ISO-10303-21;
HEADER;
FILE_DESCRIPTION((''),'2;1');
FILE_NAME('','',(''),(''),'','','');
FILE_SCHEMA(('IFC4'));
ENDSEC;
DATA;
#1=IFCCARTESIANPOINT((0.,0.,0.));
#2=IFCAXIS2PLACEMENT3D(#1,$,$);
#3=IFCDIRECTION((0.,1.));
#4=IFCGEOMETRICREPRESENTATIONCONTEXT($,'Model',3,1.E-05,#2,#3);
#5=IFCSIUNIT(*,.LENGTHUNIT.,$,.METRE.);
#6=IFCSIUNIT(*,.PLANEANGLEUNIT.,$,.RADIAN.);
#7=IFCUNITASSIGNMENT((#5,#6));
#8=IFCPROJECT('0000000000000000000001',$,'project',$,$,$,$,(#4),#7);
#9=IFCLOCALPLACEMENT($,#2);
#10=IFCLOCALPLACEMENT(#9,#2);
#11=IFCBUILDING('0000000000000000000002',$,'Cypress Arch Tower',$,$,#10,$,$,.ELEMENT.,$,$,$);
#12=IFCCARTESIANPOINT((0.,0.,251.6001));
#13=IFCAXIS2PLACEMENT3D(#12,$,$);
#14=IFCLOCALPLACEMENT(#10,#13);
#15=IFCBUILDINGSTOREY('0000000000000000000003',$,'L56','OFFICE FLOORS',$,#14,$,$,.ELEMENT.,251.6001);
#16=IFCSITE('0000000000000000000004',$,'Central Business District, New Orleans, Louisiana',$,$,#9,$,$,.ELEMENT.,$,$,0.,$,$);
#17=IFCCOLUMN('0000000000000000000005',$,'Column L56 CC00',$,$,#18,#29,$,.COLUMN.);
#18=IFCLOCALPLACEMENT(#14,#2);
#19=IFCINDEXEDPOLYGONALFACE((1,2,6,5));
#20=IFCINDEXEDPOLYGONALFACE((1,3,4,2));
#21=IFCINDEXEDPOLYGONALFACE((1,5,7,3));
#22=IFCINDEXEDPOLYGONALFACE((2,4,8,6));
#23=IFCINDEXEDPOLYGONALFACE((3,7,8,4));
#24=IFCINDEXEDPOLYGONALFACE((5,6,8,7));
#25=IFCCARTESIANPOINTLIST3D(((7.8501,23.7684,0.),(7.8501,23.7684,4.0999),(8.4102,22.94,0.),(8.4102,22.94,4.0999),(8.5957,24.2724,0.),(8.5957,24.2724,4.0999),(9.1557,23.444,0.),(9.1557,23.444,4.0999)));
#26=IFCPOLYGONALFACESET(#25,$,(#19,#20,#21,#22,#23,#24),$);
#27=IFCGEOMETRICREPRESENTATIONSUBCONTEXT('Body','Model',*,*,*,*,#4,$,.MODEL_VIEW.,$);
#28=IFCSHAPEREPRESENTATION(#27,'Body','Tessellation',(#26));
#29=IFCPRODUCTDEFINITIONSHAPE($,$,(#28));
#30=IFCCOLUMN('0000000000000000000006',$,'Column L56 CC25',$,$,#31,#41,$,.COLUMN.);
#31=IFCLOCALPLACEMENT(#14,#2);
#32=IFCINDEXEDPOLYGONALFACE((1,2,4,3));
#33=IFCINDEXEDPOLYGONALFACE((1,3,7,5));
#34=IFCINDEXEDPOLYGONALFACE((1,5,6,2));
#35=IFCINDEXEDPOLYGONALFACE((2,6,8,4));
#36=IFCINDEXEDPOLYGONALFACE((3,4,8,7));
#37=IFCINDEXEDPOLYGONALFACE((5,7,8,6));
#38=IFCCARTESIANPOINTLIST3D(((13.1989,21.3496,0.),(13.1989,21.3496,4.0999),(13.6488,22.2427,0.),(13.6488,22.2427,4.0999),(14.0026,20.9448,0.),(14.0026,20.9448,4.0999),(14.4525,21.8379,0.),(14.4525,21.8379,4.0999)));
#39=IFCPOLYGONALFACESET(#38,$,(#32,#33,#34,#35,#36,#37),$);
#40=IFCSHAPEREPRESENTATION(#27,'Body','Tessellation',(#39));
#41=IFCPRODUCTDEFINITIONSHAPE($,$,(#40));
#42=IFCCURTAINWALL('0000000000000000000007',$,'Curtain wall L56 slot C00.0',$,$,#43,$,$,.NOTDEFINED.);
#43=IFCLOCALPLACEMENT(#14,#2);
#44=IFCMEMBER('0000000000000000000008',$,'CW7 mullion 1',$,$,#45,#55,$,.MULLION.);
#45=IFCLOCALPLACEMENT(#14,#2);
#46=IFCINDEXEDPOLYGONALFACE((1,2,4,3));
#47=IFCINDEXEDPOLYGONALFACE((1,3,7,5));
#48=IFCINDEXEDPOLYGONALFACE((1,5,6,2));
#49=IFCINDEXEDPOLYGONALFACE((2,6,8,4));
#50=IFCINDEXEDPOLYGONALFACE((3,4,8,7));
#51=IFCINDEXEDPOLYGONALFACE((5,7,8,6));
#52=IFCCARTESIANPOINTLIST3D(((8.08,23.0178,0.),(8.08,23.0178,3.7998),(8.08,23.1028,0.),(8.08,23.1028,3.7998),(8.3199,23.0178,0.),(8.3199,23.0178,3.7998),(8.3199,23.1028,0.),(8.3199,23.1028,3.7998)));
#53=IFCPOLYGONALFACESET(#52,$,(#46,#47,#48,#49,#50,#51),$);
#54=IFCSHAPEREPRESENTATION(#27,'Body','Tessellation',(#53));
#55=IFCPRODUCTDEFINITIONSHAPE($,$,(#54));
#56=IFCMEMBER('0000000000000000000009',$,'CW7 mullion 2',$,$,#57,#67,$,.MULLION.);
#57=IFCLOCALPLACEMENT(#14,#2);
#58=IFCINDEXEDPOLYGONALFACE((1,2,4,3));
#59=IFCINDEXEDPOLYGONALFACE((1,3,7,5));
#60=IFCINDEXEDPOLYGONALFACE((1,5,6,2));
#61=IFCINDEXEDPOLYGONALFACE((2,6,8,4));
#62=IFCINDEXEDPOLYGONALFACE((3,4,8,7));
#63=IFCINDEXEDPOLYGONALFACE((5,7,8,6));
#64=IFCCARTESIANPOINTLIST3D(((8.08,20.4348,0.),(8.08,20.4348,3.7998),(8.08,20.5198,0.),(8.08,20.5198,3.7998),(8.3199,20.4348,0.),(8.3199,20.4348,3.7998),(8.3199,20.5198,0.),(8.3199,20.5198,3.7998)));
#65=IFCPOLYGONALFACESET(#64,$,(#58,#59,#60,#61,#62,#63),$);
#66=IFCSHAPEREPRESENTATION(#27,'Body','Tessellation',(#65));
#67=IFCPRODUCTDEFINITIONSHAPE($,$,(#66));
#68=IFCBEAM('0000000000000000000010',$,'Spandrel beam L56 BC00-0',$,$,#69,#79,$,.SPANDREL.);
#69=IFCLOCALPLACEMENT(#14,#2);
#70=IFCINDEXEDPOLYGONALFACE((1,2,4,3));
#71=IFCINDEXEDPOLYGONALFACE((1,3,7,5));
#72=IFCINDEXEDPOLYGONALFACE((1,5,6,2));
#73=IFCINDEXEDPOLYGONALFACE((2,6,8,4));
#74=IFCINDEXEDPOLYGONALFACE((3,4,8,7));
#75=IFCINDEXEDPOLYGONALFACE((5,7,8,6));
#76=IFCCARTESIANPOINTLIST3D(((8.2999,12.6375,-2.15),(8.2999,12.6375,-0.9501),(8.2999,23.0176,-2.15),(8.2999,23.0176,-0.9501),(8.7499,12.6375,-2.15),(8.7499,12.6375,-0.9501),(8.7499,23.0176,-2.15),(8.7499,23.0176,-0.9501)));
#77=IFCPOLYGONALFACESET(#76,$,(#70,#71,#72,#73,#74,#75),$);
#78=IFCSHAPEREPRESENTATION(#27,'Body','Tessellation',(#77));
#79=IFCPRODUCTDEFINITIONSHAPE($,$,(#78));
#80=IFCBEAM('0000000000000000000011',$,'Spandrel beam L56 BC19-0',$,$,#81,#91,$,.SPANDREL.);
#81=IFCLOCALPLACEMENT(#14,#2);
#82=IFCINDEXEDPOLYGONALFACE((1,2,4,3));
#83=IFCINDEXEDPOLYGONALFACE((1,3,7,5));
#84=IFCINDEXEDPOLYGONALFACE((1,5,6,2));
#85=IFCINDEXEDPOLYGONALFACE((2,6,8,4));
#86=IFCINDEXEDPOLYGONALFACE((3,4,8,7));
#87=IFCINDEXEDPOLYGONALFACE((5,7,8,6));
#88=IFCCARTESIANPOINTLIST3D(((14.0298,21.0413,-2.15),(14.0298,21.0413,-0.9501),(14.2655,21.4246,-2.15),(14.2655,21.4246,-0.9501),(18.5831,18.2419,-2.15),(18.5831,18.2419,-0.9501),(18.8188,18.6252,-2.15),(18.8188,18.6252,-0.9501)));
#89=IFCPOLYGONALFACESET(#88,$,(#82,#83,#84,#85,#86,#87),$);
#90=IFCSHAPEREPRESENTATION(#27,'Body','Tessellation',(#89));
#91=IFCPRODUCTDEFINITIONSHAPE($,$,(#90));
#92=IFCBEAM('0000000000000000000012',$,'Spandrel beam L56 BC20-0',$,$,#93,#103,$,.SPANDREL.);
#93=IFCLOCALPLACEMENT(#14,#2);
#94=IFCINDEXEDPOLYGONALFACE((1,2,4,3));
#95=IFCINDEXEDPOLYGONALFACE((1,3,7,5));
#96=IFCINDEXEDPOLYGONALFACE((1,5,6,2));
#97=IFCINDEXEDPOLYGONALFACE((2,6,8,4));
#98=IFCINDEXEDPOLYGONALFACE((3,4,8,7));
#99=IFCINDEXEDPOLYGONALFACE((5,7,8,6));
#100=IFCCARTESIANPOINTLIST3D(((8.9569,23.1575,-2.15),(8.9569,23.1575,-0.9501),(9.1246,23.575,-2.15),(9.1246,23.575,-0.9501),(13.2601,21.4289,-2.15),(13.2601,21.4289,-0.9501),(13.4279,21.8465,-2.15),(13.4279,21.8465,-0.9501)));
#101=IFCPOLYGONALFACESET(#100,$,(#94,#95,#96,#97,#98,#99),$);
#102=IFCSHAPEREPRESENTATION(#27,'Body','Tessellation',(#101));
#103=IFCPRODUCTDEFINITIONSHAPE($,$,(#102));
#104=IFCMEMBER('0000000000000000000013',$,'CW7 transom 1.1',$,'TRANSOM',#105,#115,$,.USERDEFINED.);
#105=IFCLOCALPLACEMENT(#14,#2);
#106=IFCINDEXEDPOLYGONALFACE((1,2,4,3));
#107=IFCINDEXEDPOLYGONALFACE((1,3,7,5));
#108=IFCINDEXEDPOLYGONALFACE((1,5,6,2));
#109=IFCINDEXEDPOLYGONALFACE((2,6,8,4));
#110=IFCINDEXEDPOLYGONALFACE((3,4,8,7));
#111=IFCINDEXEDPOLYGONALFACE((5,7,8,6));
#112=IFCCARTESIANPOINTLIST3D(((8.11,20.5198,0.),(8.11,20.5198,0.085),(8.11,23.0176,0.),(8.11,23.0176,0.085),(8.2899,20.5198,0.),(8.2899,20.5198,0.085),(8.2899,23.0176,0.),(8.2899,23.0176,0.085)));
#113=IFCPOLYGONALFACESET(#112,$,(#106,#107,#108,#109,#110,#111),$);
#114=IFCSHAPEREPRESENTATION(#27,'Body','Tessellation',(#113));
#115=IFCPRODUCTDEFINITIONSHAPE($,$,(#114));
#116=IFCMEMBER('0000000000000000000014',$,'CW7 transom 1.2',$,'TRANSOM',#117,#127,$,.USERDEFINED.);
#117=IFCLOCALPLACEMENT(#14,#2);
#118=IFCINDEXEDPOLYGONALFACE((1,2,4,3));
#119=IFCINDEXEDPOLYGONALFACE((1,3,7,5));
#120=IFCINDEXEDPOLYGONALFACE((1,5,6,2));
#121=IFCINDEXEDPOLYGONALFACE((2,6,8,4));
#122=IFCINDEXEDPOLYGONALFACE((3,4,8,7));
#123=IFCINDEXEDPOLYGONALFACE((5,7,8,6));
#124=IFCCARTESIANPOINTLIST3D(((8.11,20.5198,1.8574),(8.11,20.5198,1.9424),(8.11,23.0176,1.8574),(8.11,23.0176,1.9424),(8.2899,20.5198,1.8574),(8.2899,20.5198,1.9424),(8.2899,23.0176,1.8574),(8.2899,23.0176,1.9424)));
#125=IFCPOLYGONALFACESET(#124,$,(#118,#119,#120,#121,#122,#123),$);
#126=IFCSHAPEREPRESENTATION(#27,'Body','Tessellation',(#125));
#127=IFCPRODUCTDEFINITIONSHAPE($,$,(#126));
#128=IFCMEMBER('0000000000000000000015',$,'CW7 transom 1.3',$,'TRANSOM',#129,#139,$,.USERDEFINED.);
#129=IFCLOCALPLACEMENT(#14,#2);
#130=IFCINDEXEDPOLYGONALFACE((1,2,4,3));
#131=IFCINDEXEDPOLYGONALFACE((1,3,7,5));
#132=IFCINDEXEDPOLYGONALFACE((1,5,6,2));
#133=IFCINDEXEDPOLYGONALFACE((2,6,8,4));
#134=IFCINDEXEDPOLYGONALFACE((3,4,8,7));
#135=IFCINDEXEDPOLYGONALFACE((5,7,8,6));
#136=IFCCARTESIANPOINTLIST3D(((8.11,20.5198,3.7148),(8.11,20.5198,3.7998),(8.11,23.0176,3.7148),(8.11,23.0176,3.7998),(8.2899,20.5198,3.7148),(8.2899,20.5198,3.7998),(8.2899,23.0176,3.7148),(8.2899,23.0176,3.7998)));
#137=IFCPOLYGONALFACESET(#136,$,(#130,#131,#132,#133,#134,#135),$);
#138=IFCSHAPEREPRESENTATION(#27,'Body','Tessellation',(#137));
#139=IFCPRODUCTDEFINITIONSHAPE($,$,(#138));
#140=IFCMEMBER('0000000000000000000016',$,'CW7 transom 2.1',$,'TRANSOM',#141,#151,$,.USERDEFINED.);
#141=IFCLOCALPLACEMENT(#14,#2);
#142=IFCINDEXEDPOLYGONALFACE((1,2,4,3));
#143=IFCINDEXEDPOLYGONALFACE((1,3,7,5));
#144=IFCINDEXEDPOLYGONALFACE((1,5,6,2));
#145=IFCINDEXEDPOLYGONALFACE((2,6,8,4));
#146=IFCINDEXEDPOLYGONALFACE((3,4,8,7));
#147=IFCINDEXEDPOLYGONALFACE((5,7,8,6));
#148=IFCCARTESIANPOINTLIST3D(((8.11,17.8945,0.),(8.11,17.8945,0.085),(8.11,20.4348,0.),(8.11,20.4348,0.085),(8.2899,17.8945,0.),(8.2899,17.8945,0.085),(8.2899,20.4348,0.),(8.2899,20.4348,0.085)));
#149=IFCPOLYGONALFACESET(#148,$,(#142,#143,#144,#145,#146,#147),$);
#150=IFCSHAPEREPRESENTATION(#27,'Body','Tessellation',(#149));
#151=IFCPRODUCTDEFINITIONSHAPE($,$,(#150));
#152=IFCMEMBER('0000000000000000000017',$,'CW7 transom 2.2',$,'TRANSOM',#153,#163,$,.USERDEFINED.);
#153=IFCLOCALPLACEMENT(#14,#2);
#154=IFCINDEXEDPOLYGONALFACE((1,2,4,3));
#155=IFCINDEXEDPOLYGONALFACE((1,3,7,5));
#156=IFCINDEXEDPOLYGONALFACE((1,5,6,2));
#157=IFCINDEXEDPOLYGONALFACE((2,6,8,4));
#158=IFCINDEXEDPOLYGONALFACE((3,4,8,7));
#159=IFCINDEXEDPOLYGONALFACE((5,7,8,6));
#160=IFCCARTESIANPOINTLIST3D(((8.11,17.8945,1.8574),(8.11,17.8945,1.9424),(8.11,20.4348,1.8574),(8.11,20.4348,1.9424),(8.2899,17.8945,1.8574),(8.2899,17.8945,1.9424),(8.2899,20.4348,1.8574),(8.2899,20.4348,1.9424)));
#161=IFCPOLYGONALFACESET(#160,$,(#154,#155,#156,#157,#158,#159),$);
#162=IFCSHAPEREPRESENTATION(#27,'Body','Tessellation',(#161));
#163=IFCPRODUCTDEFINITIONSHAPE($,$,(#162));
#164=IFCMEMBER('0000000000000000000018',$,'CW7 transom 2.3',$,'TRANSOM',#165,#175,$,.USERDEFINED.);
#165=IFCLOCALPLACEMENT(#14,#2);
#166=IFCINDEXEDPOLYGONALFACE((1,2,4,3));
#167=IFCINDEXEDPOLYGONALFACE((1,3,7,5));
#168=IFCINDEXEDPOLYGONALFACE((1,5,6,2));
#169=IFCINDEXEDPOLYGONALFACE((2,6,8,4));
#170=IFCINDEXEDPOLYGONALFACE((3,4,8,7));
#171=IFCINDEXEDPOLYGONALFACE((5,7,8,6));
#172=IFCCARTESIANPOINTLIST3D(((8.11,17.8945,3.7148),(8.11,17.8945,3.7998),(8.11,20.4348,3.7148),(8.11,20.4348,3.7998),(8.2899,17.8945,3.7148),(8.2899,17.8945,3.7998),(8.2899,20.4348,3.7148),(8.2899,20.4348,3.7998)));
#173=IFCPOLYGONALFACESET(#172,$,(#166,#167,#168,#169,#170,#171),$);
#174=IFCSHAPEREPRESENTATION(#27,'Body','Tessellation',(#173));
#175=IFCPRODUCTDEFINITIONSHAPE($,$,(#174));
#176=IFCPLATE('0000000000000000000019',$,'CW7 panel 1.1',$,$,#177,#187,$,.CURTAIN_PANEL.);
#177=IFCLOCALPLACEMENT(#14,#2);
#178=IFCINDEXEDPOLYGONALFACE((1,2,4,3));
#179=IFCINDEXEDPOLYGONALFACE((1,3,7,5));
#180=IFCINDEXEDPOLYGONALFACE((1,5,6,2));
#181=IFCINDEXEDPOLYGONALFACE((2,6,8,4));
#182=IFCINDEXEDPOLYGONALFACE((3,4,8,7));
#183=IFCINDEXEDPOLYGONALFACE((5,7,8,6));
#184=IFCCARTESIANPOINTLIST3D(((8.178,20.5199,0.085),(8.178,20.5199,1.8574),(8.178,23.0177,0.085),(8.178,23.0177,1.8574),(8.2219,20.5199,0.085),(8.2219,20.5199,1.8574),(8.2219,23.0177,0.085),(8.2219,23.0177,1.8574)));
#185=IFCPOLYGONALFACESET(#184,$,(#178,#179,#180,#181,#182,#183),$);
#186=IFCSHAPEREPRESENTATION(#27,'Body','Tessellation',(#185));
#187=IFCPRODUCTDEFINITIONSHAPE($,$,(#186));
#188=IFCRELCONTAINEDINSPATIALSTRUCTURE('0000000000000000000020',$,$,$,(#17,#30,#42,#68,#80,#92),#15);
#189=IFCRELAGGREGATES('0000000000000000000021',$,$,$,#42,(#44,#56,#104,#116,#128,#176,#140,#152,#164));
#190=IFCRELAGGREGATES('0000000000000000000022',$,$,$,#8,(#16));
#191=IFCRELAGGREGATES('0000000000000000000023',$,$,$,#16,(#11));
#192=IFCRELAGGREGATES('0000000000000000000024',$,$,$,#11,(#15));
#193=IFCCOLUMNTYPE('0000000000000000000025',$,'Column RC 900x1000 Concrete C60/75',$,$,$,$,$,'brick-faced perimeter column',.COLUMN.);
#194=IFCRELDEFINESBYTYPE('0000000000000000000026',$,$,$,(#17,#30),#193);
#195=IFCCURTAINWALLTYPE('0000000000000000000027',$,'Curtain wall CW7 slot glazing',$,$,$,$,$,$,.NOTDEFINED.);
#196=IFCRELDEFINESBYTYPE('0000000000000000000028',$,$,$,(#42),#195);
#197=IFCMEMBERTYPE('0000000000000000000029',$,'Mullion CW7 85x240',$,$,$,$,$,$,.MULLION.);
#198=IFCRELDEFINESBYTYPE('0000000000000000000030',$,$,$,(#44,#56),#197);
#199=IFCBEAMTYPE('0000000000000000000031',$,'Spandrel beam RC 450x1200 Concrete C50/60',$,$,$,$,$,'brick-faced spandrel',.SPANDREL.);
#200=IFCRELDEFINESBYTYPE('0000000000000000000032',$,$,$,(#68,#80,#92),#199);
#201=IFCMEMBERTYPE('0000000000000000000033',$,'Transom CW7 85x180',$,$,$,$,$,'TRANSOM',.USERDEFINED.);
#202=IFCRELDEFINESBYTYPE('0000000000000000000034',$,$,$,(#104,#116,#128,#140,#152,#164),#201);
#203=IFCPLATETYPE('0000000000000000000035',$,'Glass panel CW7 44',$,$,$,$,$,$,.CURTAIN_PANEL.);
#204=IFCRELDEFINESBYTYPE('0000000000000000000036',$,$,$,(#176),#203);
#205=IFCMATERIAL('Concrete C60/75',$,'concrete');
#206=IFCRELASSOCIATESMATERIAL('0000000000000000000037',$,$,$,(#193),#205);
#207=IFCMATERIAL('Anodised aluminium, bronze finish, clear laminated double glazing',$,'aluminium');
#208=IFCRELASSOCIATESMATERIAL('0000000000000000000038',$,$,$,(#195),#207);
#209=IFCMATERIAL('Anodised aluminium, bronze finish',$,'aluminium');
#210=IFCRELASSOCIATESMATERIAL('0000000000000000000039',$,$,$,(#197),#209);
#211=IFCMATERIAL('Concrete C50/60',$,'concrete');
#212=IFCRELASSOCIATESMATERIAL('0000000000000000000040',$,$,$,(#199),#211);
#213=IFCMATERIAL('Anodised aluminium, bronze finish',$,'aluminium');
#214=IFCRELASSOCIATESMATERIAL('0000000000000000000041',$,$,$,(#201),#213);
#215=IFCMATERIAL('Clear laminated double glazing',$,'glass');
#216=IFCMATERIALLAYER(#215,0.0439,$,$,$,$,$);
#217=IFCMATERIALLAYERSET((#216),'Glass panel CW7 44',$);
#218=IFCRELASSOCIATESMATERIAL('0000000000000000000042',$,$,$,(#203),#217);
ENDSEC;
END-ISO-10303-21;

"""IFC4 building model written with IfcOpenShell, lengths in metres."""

from ifc_helpers import new_model, si_unit, direction, frame, origin, origin_2d, place, context, subcontext, project, spatial, rectangle, extrude, material, layer, layer_set, material_profile, profile_set, type_object, element, aggregate, save


model = new_model("IFC4")

# Units and contexts
model_context = context("Model", 3, precision=1e-05, world=origin(), true_north=direction((0.0, 1.0)))
body_context = subcontext(model_context, "Body", "Model", "MODEL_VIEW")
ifc_project = project(units=[si_unit("LENGTHUNIT", "METRE"), si_unit("PLANEANGLEUNIT", "RADIAN")], contexts=[model_context])

# Site, building, storey
site_placement = place(None, origin())
site = spatial("IfcSite", under=ifc_project, at=site_placement, Name="Central Business District, New Orleans, Louisiana", CompositionType="ELEMENT", RefElevation=0.0)
building_placement = place(site_placement, origin())
building = spatial("IfcBuilding", under=site, at=building_placement, Name="Cypress Arch Tower", CompositionType="ELEMENT")
storey_placement = place(building_placement, frame((0.0, 0.0, 251.6001)))
storey = spatial("IfcBuildingStorey", under=building, at=storey_placement, Name="L56", Description="OFFICE FLOORS", CompositionType="ELEMENT", Elevation=251.6001)

# Columns
ifc_material_1 = material(Name="Concrete C60/75", Category="concrete")
ifc_material_profile_1 = material_profile(ifc_material_1, rectangle(XDim=0.8999, YDim=1.0, at=origin_2d()), Name="RC 900x1000")
ifc_profile_set_1 = profile_set([ifc_material_profile_1], Name="Concrete C60/75")
column_type = type_object("IfcColumnType", Name="Column RC 900x1000 Concrete C60/75", ElementType="brick-faced perimeter column", PredefinedType="COLUMN", material=ifc_profile_set_1)
for number, where, z_axis, x_axis, name in (
    (1, (8.5029, 23.6062, 0.0), (0.0, 0.0, 1.0), (-0.82847, -0.560034, 0.0), "Column L56 CC00"),
    (2, (13.8257, 21.5938, 0.0), (0.0, 0.0, 1.0), (-0.893106, 0.449845, 0.0), "Column L56 CC25"),
):
    element("IfcColumn", number, at=place(storey_placement, frame(where, z_axis=z_axis, x_axis=x_axis)), inside=storey, type_object=column_type, Name=name, PredefinedType="COLUMN", context=body_context, shape_type="SweptSolid", body=[
        extrude(rectangle(XDim=0.8999, YDim=1.0, at=origin_2d()), origin(), (0.0, 0.0, 1.0), 4.0999),
    ])

# Curtain wall, members
ifc_material_2 = material(Name="Anodised aluminium, bronze finish, clear laminated double glazing", Category="aluminium")
curtain_wall_type = type_object("IfcCurtainWallType", Name="Curtain wall CW7 slot glazing", PredefinedType="NOTDEFINED", material=ifc_material_2)
curtain_wall_placement = place(storey_placement, origin())
curtain_wall = element("IfcCurtainWall", 3, at=curtain_wall_placement, inside=storey, type_object=curtain_wall_type, Name="Curtain wall L56 slot C00.0", PredefinedType="NOTDEFINED")
ifc_material_3 = material(Name="Anodised aluminium, bronze finish", Category="aluminium")
ifc_material_profile_2 = material_profile(ifc_material_3, rectangle(XDim=0.24, YDim=0.085, at=origin_2d()), Name="Mullion 85x240")
ifc_profile_set_2 = profile_set([ifc_material_profile_2], Name="Anodised aluminium, bronze finish")
member_type_1 = type_object("IfcMemberType", Name="Mullion CW7 85x240", PredefinedType="MULLION", material=ifc_profile_set_2)
member_1_placement = place(storey_placement, frame((8.2, 23.0603, 0.0), z_axis=(0.0, 0.0, 1.0), x_axis=(1.0, 0.0, 0.0)))
member_1 = element("IfcMember", 4, at=member_1_placement, type_object=member_type_1, Name="CW7 mullion 1", PredefinedType="MULLION", context=body_context, shape_type="SweptSolid", body=[
    extrude(rectangle(XDim=0.24, YDim=0.085, at=origin_2d()), origin(), (0.0, 0.0, 1.0), 3.7998),
])
member_2_placement = place(storey_placement, frame((8.2, 20.4773, 0.0), z_axis=(0.0, 0.0, 1.0), x_axis=(1.0, 0.0, 0.0)))
member_2 = element("IfcMember", 5, at=member_2_placement, type_object=member_type_1, Name="CW7 mullion 2", PredefinedType="MULLION", context=body_context, shape_type="SweptSolid", body=[
    extrude(rectangle(XDim=0.24, YDim=0.085, at=origin_2d()), origin(), (0.0, 0.0, 1.0), 3.7998),
])

# Beams
ifc_material_4 = material(Name="Concrete C50/60", Category="concrete")
ifc_material_profile_3 = material_profile(ifc_material_4, rectangle(XDim=0.45, YDim=1.2, at=origin_2d()), Name="RC 450x1200")
ifc_profile_set_3 = profile_set([ifc_material_profile_3], Name="Concrete C50/60")
beam_type = type_object("IfcBeamType", Name="Spandrel beam RC 450x1200 Concrete C50/60", ElementType="brick-faced spandrel", PredefinedType="SPANDREL", material=ifc_profile_set_3)
beam_1_placement = place(storey_placement, frame((8.5249, 23.0176, -1.55), z_axis=(0.0, -1.0, 0.0), x_axis=(1.0, 0.0, 0.0)))
element("IfcBeam", 6, at=beam_1_placement, inside=storey, type_object=beam_type, Name="Spandrel beam L56 BC00-0", PredefinedType="SPANDREL", context=body_context, shape_type="SweptSolid", body=[
    extrude(rectangle(XDim=0.45, YDim=1.2, at=origin_2d()), origin(), (0.0, 0.0, 1.0), 10.3801),
])
beam_2_placement = place(storey_placement, frame((18.7009, 18.4336, -1.55), z_axis=(-0.851881, 0.523735, 0.0), x_axis=(-0.523735, -0.851881, 0.0)))
element("IfcBeam", 7, at=beam_2_placement, inside=storey, type_object=beam_type, Name="Spandrel beam L56 BC19-0", PredefinedType="SPANDREL", context=body_context, shape_type="SweptSolid", body=[
    extrude(rectangle(XDim=0.45, YDim=1.2, at=origin_2d()), origin(), (0.0, 0.0, 1.0), 5.345),
])
beam_3_placement = place(storey_placement, frame((13.344, 21.6377, -1.55), z_axis=(-0.927938, 0.372734, 0.0), x_axis=(-0.372734, -0.927938, 0.0)))
element("IfcBeam", 8, at=beam_3_placement, inside=storey, type_object=beam_type, Name="Spandrel beam L56 BC20-0", PredefinedType="SPANDREL", context=body_context, shape_type="SweptSolid", body=[
    extrude(rectangle(XDim=0.45, YDim=1.2, at=origin_2d()), origin(), (0.0, 0.0, 1.0), 4.6375),
])

# Members
ifc_material_5 = material(Name="Anodised aluminium, bronze finish", Category="aluminium")
ifc_material_profile_4 = material_profile(ifc_material_5, rectangle(XDim=0.1799, YDim=0.085, at=origin_2d()), Name="Transom 85x180")
ifc_profile_set_4 = profile_set([ifc_material_profile_4], Name="Anodised aluminium, bronze finish")
member_type_2 = type_object("IfcMemberType", Name="Transom CW7 85x180", ElementType="TRANSOM", PredefinedType="USERDEFINED", material=ifc_profile_set_4)
member_3_placement = place(storey_placement, frame((8.2, 23.0176, 0.0425), z_axis=(0.0, -1.0, 0.0), x_axis=(1.0, 0.0, 0.0)))
member_3 = element("IfcMember", 9, at=member_3_placement, type_object=member_type_2, Name="CW7 transom 1.1", ObjectType="TRANSOM", PredefinedType="USERDEFINED", context=body_context, shape_type="SweptSolid", body=[
    extrude(rectangle(XDim=0.1799, YDim=0.085, at=origin_2d()), origin(), (0.0, 0.0, 1.0), 2.4978),
])
member_4_placement = place(storey_placement, frame((8.2, 23.0176, 1.8999), z_axis=(0.0, -1.0, 0.0), x_axis=(1.0, 0.0, 0.0)))
member_4 = element("IfcMember", 10, at=member_4_placement, type_object=member_type_2, Name="CW7 transom 1.2", ObjectType="TRANSOM", PredefinedType="USERDEFINED", context=body_context, shape_type="SweptSolid", body=[
    extrude(rectangle(XDim=0.1799, YDim=0.085, at=origin_2d()), origin(), (0.0, 0.0, 1.0), 2.4978),
])
member_5_placement = place(storey_placement, frame((8.2, 23.0176, 3.7573), z_axis=(0.0, -1.0, 0.0), x_axis=(1.0, 0.0, 0.0)))
member_5 = element("IfcMember", 11, at=member_5_placement, type_object=member_type_2, Name="CW7 transom 1.3", ObjectType="TRANSOM", PredefinedType="USERDEFINED", context=body_context, shape_type="SweptSolid", body=[
    extrude(rectangle(XDim=0.1799, YDim=0.085, at=origin_2d()), origin(), (0.0, 0.0, 1.0), 2.4978),
])
member_6_placement = place(storey_placement, frame((8.2, 20.4348, 0.0425), z_axis=(0.0, -1.0, 0.0), x_axis=(1.0, 0.0, 0.0)))
member_6 = element("IfcMember", 12, at=member_6_placement, type_object=member_type_2, Name="CW7 transom 2.1", ObjectType="TRANSOM", PredefinedType="USERDEFINED", context=body_context, shape_type="SweptSolid", body=[
    extrude(rectangle(XDim=0.1799, YDim=0.085, at=origin_2d()), origin(), (0.0, 0.0, 1.0), 2.5403),
])
member_7_placement = place(storey_placement, frame((8.2, 20.4348, 1.8999), z_axis=(0.0, -1.0, 0.0), x_axis=(1.0, 0.0, 0.0)))
member_7 = element("IfcMember", 13, at=member_7_placement, type_object=member_type_2, Name="CW7 transom 2.2", ObjectType="TRANSOM", PredefinedType="USERDEFINED", context=body_context, shape_type="SweptSolid", body=[
    extrude(rectangle(XDim=0.1799, YDim=0.085, at=origin_2d()), origin(), (0.0, 0.0, 1.0), 2.5403),
])
member_8_placement = place(storey_placement, frame((8.2, 20.4348, 3.7573), z_axis=(0.0, -1.0, 0.0), x_axis=(1.0, 0.0, 0.0)))
member_8 = element("IfcMember", 14, at=member_8_placement, type_object=member_type_2, Name="CW7 transom 2.3", ObjectType="TRANSOM", PredefinedType="USERDEFINED", context=body_context, shape_type="SweptSolid", body=[
    extrude(rectangle(XDim=0.1799, YDim=0.085, at=origin_2d()), origin(), (0.0, 0.0, 1.0), 2.5403),
])

# Plate
ifc_material_6 = material(Name="Clear laminated double glazing", Category="glass")
ifc_layer_1 = layer(ifc_material_6, 0.0439)
ifc_layer_set_1 = layer_set([ifc_layer_1], Name="Glass panel CW7 44")
plate_type = type_object("IfcPlateType", Name="Glass panel CW7 44", PredefinedType="CURTAIN_PANEL", material=ifc_layer_set_1)
plate_1_placement = place(storey_placement, frame((8.2, 21.7688, 0.085), z_axis=(0.0, 0.0, 1.0), x_axis=(0.0, -1.0, 0.0)))
plate_1 = element("IfcPlate", 15, at=plate_1_placement, type_object=plate_type, Name="CW7 panel 1.1", PredefinedType="CURTAIN_PANEL", context=body_context, shape_type="SweptSolid", body=[
    extrude(rectangle(XDim=2.4978, YDim=0.0439, at=origin_2d()), origin(), (0.0, 0.0, 1.0), 1.7725),
])
aggregate(curtain_wall, [member_1, member_2, member_3, member_4, member_5, plate_1, member_6, member_7, member_8])

save(model, "model.ifc")
